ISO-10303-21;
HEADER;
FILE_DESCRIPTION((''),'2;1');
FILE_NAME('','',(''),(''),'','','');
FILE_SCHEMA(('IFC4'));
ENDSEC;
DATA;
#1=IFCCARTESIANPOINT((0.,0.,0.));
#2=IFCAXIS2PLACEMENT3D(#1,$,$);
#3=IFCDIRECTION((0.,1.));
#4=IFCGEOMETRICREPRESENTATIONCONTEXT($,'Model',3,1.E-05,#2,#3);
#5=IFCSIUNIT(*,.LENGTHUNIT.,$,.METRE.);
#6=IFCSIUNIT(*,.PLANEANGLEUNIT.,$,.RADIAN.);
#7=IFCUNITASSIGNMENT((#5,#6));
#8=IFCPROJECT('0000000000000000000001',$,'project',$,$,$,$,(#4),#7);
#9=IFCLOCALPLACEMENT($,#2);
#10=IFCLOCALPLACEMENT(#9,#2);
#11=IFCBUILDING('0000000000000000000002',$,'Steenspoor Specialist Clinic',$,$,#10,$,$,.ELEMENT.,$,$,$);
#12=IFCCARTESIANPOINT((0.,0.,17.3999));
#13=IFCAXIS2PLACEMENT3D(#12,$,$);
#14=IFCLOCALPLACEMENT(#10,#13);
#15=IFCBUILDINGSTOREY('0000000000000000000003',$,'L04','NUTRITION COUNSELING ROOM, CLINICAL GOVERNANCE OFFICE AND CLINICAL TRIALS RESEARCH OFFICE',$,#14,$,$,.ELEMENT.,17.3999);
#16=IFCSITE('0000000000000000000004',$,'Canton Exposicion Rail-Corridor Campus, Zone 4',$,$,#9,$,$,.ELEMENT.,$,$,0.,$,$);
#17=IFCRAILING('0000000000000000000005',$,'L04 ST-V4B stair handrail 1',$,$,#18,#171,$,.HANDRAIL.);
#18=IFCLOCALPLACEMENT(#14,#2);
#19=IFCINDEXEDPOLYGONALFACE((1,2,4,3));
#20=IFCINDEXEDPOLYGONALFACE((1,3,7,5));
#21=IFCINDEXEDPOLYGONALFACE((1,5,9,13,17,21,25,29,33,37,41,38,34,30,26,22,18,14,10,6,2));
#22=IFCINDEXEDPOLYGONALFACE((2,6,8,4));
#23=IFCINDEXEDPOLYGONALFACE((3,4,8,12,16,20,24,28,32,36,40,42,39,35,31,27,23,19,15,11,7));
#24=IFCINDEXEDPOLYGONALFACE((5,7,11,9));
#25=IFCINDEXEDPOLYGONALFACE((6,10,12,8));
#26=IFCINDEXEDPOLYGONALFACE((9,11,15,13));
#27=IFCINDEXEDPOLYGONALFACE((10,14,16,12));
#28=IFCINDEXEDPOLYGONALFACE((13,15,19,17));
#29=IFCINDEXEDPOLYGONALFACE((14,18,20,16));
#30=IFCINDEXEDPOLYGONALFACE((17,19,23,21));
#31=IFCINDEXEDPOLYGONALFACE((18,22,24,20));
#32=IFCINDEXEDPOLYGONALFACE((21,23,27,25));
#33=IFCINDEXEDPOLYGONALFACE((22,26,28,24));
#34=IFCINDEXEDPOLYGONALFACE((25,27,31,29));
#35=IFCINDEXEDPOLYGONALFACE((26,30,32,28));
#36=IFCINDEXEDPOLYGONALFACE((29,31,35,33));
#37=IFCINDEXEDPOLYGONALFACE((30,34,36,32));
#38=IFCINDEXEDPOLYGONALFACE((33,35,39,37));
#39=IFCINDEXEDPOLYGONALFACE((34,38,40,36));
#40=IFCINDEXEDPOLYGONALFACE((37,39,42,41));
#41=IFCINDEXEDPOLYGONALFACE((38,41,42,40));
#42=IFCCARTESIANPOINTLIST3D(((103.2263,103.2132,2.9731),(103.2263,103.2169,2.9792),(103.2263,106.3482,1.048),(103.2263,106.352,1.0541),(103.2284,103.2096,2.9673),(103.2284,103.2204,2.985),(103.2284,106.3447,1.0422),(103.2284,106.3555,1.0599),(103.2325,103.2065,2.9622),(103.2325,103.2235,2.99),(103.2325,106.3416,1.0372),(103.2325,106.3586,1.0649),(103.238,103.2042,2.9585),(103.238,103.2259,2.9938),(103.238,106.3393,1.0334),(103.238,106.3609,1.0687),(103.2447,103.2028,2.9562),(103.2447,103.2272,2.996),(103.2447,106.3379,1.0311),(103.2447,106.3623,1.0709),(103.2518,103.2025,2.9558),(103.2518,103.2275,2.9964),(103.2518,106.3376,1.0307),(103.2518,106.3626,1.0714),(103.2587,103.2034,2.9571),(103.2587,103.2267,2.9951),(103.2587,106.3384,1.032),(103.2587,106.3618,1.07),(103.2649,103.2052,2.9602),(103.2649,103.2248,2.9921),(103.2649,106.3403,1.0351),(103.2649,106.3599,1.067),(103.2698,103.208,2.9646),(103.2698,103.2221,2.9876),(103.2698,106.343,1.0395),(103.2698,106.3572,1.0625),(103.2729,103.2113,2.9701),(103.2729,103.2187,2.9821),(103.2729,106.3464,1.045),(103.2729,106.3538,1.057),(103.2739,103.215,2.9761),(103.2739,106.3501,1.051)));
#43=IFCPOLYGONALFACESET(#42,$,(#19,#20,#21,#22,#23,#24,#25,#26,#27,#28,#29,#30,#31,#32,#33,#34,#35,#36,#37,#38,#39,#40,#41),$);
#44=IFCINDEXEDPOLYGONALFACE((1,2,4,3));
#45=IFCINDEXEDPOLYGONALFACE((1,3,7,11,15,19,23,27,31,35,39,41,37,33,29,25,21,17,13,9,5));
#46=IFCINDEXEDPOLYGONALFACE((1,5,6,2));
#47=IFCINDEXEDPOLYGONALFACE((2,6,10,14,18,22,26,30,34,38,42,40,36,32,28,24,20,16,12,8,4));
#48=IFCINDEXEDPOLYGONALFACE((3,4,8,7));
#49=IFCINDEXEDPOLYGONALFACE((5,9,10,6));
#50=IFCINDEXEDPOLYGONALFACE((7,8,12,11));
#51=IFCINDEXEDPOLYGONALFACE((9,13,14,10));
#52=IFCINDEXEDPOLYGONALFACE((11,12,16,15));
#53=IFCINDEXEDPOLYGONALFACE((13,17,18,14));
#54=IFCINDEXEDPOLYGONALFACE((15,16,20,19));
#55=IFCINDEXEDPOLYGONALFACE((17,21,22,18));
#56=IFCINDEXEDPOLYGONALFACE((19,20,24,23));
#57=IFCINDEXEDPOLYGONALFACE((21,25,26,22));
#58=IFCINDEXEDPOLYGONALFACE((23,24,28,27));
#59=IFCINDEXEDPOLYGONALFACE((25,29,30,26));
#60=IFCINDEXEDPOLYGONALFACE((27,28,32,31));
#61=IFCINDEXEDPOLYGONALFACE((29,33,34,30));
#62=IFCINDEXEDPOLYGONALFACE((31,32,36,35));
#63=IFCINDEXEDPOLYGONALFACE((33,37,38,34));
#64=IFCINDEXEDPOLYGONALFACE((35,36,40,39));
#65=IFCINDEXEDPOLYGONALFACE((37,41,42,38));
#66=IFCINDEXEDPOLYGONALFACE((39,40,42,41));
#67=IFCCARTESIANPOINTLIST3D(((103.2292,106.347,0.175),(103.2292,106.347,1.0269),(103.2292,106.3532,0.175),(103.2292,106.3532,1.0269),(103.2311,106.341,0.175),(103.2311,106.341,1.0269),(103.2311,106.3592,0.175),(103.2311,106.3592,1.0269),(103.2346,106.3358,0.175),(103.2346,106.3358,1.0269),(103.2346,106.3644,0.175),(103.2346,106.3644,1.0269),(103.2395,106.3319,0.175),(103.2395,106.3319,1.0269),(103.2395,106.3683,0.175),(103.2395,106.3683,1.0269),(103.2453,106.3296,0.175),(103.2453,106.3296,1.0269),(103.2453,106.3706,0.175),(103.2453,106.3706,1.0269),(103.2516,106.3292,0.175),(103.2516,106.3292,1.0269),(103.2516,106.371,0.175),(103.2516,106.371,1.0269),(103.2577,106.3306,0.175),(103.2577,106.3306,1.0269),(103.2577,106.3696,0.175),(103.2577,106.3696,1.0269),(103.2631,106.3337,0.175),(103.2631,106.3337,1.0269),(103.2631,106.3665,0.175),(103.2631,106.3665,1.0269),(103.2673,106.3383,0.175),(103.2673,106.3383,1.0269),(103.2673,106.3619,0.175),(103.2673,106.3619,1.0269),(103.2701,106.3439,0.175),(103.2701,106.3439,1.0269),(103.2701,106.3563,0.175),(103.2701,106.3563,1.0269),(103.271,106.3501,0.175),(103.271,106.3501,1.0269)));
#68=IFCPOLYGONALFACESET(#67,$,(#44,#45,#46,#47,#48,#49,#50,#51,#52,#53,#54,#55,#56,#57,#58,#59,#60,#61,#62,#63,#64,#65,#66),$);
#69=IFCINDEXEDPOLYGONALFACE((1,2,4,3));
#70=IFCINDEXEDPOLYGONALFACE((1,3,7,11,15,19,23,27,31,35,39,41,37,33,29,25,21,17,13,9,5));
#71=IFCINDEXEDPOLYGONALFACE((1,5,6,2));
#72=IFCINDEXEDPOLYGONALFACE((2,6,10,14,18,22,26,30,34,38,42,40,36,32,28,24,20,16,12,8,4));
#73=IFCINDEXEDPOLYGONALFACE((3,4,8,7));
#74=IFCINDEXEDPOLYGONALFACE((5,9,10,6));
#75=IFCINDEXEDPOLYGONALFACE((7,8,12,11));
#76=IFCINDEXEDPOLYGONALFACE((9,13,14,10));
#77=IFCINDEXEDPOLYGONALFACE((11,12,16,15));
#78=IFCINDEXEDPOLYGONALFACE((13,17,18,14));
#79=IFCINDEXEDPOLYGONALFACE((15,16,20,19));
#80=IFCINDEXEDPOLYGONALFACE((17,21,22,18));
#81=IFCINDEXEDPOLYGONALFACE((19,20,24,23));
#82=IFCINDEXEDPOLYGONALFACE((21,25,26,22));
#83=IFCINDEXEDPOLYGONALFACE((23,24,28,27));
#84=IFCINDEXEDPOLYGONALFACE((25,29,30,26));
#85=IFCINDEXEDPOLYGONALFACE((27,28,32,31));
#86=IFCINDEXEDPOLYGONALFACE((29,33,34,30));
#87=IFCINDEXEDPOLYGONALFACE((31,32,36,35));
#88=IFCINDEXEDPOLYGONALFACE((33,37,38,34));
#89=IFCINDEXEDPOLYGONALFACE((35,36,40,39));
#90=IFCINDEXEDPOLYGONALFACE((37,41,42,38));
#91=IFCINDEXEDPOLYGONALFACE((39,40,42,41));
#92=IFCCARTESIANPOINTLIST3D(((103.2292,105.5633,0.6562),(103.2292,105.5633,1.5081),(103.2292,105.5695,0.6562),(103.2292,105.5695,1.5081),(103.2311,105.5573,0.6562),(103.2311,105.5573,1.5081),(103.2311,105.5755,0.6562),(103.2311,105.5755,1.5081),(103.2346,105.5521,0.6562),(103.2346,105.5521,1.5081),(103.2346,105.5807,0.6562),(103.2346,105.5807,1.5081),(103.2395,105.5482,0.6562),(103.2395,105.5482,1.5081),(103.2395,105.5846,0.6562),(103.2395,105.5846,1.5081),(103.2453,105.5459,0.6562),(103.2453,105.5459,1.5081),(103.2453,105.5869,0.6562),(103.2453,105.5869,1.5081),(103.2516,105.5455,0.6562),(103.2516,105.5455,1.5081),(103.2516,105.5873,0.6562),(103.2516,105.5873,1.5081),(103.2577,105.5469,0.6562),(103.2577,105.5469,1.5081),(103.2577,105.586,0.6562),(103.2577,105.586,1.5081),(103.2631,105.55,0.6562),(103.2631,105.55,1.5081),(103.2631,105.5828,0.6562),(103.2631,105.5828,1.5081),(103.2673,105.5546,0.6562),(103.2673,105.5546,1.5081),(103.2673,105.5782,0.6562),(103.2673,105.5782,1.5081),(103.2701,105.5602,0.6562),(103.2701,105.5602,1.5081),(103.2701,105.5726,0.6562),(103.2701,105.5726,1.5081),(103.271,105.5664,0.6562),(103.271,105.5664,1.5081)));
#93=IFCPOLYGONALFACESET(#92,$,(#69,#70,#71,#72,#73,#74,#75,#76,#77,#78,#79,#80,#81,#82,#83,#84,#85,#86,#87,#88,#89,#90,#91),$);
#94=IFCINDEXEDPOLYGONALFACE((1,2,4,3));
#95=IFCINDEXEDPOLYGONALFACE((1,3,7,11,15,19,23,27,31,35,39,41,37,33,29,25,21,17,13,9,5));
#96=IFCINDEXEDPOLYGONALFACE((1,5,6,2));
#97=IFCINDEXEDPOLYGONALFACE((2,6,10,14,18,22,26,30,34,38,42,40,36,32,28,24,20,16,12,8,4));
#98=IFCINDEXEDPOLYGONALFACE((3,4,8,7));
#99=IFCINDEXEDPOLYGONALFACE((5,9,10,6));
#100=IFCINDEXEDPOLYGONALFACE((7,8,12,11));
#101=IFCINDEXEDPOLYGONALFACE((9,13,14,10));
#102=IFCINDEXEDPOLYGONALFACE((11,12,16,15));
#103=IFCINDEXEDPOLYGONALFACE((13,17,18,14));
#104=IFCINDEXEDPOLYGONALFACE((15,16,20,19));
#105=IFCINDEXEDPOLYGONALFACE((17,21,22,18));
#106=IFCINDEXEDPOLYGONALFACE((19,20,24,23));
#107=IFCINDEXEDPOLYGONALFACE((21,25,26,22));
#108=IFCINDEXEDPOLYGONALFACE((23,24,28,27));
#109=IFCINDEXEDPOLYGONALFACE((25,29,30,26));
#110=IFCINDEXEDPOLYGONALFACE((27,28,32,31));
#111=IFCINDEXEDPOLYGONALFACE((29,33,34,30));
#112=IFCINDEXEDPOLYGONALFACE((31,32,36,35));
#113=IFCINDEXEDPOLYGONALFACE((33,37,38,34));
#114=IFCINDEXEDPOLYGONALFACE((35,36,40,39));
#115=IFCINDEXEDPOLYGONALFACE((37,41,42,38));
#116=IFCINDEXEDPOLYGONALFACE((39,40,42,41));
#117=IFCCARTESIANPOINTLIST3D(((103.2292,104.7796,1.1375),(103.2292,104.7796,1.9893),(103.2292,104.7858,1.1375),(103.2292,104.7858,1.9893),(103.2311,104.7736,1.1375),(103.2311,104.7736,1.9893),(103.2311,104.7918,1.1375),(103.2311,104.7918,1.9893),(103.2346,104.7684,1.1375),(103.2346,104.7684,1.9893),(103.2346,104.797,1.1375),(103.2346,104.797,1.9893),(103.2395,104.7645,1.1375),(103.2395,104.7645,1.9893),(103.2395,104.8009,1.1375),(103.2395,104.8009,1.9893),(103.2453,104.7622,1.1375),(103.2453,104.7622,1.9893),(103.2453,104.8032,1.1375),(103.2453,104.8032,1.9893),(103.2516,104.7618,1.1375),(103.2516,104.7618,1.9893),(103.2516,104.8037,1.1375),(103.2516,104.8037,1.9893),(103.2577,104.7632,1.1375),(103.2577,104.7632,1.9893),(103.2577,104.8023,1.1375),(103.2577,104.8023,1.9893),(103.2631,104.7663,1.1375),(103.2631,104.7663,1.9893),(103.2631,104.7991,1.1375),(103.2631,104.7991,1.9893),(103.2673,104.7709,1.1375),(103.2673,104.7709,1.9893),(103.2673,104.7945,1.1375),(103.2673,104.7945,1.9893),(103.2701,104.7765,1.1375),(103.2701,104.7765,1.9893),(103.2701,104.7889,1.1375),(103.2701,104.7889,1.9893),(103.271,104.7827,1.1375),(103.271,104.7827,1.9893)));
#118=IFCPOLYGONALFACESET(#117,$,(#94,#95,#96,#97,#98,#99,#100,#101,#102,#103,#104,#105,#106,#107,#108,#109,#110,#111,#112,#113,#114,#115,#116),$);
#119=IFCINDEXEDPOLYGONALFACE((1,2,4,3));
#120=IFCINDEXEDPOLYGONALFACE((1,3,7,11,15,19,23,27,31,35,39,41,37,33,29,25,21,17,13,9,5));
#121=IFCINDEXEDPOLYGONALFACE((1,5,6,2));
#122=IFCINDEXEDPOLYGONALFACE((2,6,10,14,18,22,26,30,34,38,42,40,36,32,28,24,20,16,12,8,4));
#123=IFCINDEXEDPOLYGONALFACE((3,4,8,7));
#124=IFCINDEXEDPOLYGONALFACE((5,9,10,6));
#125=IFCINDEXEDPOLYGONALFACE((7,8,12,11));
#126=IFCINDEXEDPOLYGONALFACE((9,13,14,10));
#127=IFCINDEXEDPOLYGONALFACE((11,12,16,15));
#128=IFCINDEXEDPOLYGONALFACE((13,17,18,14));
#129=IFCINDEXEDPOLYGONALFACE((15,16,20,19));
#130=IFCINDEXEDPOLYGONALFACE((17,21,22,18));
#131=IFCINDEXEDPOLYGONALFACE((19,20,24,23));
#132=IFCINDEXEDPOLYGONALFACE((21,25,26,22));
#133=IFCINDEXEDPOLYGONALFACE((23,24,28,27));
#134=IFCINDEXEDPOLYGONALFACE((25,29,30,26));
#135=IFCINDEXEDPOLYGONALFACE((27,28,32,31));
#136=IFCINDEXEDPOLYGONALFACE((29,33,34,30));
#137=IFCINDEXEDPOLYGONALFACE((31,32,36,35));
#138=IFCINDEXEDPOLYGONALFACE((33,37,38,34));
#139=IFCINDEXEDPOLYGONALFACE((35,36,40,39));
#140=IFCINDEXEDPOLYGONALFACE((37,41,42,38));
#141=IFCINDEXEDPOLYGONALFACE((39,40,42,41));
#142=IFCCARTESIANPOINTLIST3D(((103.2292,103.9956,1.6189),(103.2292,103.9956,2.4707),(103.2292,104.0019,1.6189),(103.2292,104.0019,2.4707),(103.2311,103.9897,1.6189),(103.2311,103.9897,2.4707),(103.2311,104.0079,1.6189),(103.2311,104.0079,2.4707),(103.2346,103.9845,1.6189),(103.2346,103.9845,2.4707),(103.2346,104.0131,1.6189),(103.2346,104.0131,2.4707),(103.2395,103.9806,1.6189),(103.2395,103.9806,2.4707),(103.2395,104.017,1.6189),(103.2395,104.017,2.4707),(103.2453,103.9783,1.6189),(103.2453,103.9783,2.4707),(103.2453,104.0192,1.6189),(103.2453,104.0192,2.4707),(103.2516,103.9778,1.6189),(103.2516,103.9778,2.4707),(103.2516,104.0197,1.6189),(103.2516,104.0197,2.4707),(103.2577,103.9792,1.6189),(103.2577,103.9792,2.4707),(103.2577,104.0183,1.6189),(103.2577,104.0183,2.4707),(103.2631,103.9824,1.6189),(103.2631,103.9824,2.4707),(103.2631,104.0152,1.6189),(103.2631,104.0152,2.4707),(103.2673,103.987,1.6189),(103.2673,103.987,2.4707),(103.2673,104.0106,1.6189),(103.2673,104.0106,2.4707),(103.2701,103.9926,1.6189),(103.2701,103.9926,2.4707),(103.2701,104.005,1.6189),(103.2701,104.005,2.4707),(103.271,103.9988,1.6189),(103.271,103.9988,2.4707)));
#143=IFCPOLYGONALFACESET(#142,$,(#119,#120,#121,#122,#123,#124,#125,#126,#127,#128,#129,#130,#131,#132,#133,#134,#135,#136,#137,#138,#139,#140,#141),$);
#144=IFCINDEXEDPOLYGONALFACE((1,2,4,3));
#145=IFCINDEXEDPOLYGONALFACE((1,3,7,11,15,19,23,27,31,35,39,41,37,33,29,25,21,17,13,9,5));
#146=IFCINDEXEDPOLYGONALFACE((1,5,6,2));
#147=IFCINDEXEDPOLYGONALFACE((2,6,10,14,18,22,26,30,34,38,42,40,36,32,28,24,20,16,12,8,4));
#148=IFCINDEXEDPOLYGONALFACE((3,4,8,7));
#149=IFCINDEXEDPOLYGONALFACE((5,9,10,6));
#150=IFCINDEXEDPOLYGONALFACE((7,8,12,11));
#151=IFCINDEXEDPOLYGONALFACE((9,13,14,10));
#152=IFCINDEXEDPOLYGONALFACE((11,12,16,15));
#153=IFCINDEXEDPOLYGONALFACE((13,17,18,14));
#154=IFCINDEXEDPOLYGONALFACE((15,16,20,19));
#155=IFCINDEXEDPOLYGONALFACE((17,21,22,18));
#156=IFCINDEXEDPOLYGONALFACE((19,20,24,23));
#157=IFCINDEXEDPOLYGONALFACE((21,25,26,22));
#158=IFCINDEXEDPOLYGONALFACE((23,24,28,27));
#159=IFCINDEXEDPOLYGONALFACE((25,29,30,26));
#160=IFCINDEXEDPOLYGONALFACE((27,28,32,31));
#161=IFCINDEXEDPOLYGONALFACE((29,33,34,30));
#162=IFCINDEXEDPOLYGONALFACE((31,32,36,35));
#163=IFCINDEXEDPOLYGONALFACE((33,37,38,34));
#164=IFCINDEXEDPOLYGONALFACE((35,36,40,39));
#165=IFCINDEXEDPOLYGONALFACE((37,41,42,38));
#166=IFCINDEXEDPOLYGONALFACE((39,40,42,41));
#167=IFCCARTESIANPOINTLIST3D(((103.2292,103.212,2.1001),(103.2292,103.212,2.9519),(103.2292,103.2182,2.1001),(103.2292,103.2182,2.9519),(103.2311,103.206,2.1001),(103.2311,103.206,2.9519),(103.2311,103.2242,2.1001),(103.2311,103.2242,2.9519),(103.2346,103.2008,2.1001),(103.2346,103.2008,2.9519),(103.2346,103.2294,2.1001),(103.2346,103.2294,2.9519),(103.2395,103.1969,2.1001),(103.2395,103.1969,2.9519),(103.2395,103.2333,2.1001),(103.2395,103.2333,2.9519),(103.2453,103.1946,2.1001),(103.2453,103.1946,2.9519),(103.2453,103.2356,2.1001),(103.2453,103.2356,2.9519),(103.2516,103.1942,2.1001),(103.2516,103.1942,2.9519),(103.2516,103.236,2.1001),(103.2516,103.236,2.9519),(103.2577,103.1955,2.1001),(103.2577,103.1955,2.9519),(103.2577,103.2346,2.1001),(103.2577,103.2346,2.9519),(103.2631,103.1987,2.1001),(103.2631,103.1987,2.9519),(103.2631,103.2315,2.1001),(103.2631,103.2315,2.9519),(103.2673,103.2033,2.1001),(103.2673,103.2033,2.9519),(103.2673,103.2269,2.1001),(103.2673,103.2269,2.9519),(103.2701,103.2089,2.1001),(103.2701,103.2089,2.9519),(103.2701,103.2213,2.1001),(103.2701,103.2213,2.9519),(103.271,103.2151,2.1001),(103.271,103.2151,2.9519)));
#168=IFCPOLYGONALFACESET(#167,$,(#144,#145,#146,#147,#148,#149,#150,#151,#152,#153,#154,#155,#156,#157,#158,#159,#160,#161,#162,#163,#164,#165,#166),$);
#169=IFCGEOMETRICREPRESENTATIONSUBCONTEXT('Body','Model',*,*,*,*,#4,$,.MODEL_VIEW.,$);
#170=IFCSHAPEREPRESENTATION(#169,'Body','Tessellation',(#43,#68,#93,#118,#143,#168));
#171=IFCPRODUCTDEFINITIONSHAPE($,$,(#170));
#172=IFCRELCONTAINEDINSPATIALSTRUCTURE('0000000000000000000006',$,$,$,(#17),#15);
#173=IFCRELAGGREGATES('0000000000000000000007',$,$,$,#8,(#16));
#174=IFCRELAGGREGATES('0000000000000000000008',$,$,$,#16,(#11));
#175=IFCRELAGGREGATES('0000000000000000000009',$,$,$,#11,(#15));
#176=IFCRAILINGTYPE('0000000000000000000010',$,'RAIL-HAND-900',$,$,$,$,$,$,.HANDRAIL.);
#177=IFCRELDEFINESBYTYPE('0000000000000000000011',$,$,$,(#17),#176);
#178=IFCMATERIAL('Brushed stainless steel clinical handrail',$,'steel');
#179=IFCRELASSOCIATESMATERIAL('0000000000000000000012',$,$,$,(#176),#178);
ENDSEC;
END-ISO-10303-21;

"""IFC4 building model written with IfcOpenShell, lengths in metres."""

from ifc_helpers import new_model, si_unit, direction, frame, origin, origin_2d, place, context, subcontext, project, spatial, circle, extrude, material, type_object, element, save


model = new_model("IFC4")

# Units and contexts
model_context = context("Model", 3, precision=1e-05, world=origin(), true_north=direction((0.0, 1.0)))
body_context = subcontext(model_context, "Body", "Model", "MODEL_VIEW")
ifc_project = project(units=[si_unit("LENGTHUNIT", "METRE"), si_unit("PLANEANGLEUNIT", "RADIAN")], contexts=[model_context])

# Site, building, storey
site_placement = place(None, origin())
site = spatial("IfcSite", under=ifc_project, at=site_placement, Name="Canton Exposicion Rail-Corridor Campus, Zone 4", CompositionType="ELEMENT", RefElevation=0.0)
building_placement = place(site_placement, origin())
building = spatial("IfcBuilding", under=site, at=building_placement, Name="Steenspoor Specialist Clinic", CompositionType="ELEMENT")
storey_placement = place(building_placement, frame((0.0, 0.0, 17.3999)))
storey = spatial("IfcBuildingStorey", under=building, at=storey_placement, Name="L04", Description="NUTRITION COUNSELING ROOM, CLINICAL GOVERNANCE OFFICE AND CLINICAL TRIALS RESEARCH OFFICE", CompositionType="ELEMENT", Elevation=17.3999)

# Railing
ifc_material_1 = material(Name="Brushed stainless steel clinical handrail", Category="steel")
railing_type = type_object("IfcRailingType", Name="RAIL-HAND-900", PredefinedType="HANDRAIL", material=ifc_material_1)
railing_placement = place(storey_placement, frame((103.25, 106.3501, 0.175)))
element("IfcRailing", 1, at=railing_placement, inside=storey, type_object=railing_type, Name="L04 ST-V4B stair handrail 1", PredefinedType="HANDRAIL", context=body_context, shape_type="SweptSolid", body=[
    extrude(circle(Radius=0.0239, at=origin_2d()), frame((0.0, 0.0, 0.876), z_axis=(0.0, -0.852166, 0.523271), x_axis=(1.0, 0.0, 0.0)), (0.0, 0.0, 1.0), 3.679),
    extrude(circle(Radius=0.021, at=origin_2d()), origin(), (0.0, 0.0, 1.0), 0.8518),
    extrude(circle(Radius=0.021, at=origin_2d()), frame((0.0, -0.7837, 0.4812)), (0.0, 0.0, 1.0), 0.8518),
    extrude(circle(Radius=0.021, at=origin_2d()), frame((0.0, -1.5674, 0.9624)), (0.0, 0.0, 1.0), 0.8518),
    extrude(circle(Radius=0.021, at=origin_2d()), frame((0.0, -2.3513, 1.4438)), (0.0, 0.0, 1.0), 0.8518),
    extrude(circle(Radius=0.021, at=origin_2d()), frame((0.0, -3.135, 1.925)), (0.0, 0.0, 1.0), 0.8518),
])

save(model, "model.ifc")
